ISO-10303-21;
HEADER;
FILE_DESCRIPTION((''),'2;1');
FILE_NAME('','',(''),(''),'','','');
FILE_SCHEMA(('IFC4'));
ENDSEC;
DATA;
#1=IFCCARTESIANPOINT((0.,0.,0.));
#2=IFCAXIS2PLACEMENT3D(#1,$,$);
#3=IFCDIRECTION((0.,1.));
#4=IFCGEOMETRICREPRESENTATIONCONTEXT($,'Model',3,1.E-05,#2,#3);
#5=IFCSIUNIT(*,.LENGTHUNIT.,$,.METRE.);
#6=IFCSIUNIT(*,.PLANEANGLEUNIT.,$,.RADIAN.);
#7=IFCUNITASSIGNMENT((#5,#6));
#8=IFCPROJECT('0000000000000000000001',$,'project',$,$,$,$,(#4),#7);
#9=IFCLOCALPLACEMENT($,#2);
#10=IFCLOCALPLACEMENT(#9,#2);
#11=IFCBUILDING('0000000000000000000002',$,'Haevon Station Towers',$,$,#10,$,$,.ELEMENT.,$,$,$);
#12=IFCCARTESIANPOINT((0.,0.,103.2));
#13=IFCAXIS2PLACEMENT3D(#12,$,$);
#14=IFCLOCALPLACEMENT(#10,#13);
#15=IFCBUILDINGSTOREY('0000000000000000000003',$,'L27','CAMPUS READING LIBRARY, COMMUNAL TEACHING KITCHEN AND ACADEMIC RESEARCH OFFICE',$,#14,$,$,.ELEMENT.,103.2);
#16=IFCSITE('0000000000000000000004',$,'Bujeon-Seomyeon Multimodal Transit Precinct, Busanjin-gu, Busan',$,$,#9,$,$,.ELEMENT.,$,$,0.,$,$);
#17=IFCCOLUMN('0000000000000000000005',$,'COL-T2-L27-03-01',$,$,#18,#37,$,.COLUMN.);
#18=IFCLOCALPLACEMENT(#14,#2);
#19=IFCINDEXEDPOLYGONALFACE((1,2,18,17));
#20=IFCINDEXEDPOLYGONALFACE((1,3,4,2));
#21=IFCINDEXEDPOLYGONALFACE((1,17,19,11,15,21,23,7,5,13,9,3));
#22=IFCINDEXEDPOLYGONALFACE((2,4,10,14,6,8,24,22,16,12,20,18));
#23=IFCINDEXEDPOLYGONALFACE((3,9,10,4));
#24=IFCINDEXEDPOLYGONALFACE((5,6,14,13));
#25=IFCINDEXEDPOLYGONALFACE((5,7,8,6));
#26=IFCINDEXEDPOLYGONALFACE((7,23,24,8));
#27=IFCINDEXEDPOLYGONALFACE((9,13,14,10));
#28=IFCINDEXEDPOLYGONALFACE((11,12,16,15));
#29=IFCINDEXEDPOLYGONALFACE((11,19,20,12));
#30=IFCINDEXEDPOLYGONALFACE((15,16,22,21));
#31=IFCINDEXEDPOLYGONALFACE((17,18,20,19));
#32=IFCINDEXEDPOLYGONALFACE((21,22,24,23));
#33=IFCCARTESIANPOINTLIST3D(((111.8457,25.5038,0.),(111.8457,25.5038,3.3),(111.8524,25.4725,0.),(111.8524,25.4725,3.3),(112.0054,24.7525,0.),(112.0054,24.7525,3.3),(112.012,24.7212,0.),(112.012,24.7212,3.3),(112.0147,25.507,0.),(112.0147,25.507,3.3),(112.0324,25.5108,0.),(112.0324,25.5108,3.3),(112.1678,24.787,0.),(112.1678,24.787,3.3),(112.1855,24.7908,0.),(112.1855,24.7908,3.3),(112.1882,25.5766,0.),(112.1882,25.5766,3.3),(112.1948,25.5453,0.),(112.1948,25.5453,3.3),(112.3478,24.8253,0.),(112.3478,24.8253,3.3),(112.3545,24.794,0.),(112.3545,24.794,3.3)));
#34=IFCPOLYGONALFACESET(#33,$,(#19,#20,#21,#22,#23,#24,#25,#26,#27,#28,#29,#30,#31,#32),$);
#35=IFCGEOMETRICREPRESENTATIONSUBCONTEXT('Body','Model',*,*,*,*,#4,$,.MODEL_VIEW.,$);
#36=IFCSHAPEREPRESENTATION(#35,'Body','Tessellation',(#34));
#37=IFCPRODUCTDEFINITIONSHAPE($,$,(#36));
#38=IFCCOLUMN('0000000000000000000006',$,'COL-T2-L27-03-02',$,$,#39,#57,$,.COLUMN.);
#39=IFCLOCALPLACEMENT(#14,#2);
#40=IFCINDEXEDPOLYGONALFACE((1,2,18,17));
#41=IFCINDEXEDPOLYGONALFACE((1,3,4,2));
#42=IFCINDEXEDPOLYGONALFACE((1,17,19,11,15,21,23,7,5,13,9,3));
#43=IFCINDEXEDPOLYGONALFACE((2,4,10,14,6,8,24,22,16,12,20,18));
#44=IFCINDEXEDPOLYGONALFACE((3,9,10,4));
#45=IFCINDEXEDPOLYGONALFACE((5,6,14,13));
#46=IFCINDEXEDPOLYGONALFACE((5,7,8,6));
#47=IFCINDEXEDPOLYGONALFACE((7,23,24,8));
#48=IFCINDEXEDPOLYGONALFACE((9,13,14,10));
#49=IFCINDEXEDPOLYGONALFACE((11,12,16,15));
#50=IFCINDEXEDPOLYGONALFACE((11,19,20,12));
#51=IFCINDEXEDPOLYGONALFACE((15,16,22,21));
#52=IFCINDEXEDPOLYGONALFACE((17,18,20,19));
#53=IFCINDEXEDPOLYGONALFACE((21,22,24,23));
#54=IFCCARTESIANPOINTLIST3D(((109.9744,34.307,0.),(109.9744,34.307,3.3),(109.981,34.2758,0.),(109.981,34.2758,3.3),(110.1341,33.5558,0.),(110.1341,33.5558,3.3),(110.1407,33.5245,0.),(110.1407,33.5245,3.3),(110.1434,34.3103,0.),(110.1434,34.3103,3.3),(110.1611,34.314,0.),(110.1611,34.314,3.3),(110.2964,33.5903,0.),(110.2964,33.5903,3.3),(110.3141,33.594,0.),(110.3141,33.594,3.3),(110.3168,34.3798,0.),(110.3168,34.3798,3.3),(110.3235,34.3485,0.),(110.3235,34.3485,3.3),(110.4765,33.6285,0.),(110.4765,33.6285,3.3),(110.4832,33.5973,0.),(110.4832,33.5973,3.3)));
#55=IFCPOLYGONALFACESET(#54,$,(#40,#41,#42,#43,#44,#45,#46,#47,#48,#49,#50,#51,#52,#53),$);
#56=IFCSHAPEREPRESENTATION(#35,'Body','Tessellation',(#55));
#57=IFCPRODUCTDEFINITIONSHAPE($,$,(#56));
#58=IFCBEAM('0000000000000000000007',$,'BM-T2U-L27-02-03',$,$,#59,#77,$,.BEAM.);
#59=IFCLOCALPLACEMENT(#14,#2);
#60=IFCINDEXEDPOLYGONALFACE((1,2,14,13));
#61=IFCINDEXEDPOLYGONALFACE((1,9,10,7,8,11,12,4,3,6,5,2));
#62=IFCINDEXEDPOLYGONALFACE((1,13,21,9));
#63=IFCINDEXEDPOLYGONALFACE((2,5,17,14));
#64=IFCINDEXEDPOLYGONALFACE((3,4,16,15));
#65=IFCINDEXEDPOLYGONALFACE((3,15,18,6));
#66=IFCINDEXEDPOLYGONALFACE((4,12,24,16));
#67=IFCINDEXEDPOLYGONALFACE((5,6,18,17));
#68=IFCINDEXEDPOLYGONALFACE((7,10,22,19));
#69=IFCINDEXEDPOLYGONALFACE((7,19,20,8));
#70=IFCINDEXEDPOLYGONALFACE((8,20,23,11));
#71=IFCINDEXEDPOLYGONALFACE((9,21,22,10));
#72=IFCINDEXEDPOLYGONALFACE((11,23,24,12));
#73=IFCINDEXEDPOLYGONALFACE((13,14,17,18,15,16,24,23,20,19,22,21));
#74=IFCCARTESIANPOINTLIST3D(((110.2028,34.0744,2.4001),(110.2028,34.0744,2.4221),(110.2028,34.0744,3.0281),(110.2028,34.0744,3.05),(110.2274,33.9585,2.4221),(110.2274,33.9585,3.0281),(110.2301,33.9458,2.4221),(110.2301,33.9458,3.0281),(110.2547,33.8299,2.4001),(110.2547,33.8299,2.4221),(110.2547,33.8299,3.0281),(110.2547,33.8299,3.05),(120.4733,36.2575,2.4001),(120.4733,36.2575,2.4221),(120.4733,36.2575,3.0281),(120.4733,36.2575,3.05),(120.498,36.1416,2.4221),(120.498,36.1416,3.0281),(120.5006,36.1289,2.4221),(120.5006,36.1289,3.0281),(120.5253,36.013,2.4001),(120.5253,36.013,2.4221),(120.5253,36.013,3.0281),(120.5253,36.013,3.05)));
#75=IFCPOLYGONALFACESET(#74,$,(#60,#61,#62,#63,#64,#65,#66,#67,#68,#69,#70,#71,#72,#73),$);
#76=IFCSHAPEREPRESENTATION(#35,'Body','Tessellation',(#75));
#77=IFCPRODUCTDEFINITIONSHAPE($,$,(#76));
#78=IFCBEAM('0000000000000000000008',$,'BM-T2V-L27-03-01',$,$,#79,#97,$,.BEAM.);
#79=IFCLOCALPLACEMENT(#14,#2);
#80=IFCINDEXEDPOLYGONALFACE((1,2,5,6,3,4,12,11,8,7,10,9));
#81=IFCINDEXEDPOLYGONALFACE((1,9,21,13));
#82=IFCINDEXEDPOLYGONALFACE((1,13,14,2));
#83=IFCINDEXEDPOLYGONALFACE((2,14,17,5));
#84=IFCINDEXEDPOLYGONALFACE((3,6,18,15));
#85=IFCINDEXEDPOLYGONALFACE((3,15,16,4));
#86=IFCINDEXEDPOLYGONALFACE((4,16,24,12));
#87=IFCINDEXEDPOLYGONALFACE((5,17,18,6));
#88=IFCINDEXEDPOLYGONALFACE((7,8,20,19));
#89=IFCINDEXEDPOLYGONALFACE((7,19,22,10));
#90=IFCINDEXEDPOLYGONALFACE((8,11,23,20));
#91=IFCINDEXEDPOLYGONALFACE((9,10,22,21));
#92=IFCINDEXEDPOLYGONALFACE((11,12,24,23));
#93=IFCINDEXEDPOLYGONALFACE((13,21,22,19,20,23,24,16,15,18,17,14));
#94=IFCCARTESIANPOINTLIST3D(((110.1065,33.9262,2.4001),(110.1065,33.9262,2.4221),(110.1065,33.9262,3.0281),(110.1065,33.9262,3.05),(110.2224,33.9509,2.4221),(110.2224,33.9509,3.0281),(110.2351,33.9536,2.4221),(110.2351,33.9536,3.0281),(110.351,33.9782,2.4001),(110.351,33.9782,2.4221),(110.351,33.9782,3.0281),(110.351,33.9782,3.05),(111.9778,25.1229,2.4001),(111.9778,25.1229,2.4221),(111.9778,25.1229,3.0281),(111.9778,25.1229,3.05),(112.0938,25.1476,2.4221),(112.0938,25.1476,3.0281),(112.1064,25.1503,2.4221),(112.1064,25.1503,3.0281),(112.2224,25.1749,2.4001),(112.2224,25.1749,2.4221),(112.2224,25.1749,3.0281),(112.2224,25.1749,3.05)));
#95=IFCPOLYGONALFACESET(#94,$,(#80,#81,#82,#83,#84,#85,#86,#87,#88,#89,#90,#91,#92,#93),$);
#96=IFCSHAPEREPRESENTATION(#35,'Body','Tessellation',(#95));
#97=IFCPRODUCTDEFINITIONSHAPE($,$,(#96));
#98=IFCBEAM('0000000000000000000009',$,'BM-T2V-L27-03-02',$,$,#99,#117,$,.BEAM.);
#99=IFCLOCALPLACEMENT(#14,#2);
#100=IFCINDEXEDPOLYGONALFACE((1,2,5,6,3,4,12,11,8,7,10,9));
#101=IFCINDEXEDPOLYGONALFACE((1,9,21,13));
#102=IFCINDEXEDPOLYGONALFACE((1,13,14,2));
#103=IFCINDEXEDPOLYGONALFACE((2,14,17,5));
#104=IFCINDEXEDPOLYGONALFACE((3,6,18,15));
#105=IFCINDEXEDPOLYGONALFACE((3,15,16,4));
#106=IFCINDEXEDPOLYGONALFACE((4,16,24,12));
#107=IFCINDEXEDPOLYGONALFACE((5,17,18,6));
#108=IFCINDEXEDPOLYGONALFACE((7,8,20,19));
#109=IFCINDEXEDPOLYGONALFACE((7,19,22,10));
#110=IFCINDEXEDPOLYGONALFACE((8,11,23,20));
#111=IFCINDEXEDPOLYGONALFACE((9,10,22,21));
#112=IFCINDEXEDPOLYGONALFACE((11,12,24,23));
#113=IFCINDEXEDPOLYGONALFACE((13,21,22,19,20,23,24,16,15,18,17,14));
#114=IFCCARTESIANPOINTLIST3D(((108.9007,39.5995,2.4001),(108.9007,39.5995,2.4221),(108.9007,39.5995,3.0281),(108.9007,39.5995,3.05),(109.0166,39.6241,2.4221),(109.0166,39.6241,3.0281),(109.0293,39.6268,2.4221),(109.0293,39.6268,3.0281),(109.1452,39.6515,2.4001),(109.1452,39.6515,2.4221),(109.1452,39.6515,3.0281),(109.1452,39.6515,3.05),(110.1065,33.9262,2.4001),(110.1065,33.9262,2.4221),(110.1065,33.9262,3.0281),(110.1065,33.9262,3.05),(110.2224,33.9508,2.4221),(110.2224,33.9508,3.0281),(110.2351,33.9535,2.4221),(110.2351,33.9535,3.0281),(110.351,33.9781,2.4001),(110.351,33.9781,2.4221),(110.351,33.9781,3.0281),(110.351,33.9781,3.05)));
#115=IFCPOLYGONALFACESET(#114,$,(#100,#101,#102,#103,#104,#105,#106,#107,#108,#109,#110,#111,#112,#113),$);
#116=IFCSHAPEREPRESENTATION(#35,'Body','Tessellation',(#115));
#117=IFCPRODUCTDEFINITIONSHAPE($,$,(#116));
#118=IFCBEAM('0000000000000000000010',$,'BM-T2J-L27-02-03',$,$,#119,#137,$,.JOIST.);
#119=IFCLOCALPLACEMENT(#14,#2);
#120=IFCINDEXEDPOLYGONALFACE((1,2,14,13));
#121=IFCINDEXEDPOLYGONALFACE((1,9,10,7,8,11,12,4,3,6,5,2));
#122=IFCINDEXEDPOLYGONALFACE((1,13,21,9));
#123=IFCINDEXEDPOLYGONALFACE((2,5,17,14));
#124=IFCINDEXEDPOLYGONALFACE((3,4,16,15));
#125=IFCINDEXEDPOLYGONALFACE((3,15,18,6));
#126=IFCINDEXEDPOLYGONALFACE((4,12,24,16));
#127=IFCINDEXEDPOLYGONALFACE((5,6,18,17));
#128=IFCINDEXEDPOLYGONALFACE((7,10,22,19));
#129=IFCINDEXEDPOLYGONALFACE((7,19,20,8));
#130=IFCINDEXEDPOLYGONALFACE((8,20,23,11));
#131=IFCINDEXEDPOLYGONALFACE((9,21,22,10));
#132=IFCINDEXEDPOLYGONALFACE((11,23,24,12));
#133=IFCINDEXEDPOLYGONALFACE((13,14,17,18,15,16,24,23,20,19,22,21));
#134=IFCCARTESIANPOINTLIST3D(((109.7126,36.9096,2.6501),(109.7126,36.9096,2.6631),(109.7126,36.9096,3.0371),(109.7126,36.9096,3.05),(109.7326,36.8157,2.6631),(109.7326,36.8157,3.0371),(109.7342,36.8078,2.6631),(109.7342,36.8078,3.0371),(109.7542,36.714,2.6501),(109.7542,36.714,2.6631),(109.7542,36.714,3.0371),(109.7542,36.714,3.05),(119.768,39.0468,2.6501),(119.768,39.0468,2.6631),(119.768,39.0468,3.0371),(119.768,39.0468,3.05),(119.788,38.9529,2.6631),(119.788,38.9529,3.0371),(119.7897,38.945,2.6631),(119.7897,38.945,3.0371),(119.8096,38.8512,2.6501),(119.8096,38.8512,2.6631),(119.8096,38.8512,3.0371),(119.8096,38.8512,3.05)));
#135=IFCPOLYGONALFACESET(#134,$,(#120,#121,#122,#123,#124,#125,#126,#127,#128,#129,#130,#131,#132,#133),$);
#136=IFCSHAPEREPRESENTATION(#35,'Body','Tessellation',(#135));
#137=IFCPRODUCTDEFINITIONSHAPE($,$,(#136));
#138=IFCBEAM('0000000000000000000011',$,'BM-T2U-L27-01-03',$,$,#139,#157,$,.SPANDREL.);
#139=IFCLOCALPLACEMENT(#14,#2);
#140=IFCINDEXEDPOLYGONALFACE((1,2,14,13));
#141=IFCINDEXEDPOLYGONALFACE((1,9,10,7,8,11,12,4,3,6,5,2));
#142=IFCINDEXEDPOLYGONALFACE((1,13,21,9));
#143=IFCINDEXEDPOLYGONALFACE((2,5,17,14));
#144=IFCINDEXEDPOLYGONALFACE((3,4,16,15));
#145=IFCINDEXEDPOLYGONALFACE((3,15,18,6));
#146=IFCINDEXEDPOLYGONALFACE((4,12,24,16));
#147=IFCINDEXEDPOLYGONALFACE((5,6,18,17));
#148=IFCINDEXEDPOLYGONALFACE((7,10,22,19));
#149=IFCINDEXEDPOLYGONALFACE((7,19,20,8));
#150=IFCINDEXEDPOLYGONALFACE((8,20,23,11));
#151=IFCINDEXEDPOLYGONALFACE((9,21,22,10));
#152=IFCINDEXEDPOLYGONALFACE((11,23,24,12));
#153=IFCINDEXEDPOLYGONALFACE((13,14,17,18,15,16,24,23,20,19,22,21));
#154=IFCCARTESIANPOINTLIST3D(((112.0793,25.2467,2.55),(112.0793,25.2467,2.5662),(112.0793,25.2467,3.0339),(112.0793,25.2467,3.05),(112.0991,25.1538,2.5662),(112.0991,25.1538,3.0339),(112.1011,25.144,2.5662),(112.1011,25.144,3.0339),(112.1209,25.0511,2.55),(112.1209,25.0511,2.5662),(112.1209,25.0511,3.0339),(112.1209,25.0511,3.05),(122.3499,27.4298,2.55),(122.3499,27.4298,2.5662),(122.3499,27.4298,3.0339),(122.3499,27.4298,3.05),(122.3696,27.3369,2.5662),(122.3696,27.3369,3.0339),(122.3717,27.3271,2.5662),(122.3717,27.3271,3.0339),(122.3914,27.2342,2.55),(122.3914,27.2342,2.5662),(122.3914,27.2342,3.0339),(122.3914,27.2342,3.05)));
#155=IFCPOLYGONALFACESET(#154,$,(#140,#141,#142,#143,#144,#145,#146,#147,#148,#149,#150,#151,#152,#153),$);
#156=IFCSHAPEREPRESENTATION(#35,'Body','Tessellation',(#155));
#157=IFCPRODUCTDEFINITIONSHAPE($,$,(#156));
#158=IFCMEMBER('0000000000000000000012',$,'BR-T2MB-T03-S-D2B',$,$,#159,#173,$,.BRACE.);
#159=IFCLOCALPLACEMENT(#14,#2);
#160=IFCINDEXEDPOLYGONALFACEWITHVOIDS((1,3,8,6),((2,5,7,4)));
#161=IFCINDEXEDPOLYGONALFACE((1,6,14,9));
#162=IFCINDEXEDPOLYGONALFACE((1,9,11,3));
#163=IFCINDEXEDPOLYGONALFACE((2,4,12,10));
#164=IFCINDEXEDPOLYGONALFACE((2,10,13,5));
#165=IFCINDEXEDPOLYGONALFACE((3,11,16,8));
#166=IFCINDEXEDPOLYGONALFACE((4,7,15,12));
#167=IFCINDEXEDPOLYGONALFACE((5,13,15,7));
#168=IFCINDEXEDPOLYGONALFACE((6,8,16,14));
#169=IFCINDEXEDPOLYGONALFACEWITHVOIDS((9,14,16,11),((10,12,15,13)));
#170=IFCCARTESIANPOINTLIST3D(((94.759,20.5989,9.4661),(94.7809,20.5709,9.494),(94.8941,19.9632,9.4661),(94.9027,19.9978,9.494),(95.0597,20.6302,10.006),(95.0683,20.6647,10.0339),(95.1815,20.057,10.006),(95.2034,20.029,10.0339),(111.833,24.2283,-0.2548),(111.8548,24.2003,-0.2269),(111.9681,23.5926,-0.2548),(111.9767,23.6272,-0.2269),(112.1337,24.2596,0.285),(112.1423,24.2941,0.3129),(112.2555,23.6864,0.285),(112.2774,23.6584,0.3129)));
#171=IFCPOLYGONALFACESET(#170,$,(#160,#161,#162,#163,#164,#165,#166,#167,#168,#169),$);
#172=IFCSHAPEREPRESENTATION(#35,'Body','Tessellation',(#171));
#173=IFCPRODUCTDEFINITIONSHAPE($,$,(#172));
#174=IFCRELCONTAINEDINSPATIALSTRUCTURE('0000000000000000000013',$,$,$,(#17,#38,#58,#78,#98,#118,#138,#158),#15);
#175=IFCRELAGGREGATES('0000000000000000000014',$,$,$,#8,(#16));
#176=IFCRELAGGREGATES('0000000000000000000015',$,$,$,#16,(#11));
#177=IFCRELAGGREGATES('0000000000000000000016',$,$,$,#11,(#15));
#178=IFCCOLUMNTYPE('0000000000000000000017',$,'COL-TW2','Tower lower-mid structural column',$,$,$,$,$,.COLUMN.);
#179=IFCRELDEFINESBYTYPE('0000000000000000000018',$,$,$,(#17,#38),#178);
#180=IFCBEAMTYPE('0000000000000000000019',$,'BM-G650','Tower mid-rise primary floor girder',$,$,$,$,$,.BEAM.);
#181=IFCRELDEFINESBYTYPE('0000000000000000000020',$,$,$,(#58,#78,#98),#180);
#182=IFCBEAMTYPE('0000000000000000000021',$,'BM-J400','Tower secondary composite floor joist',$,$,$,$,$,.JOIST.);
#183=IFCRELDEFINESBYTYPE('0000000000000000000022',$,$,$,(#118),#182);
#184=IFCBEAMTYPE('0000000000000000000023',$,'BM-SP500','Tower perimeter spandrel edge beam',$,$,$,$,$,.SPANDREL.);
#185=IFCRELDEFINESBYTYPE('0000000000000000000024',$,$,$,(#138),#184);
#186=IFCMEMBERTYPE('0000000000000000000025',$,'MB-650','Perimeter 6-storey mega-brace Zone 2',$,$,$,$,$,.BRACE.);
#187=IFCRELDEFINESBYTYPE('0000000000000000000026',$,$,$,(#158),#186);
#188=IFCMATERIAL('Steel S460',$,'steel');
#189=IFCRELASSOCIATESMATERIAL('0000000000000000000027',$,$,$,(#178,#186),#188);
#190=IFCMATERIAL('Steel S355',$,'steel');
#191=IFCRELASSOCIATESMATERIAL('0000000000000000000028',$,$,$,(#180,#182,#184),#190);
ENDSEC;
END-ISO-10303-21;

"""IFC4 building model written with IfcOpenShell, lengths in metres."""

from ifc_helpers import new_model, si_unit, direction, frame, origin, origin_2d, place, context, subcontext, project, spatial, hollow_rectangle, i_section, extrude, material, material_profile, profile_set, type_object, element, save


model = new_model("IFC4")

# Units and contexts
model_context = context("Model", 3, precision=1e-05, world=origin(), true_north=direction((0.0, 1.0)))
body_context = subcontext(model_context, "Body", "Model", "MODEL_VIEW")
ifc_project = project(units=[si_unit("LENGTHUNIT", "METRE"), si_unit("PLANEANGLEUNIT", "RADIAN")], contexts=[model_context])

# Site, building, storey
site_placement = place(None, origin())
site = spatial("IfcSite", under=ifc_project, at=site_placement, Name="Bujeon-Seomyeon Multimodal Transit Precinct, Busanjin-gu, Busan", CompositionType="ELEMENT", RefElevation=0.0)
building_placement = place(site_placement, origin())
building = spatial("IfcBuilding", under=site, at=building_placement, Name="Haevon Station Towers", CompositionType="ELEMENT")
storey_placement = place(building_placement, frame((0.0, 0.0, 103.2)))
storey = spatial("IfcBuildingStorey", under=building, at=storey_placement, Name="L27", Description="CAMPUS READING LIBRARY, COMMUNAL TEACHING KITCHEN AND ACADEMIC RESEARCH OFFICE", CompositionType="ELEMENT", Elevation=103.2)

# Columns
ifc_material_1 = material(Name="Steel S460", Category="steel")
ifc_material_profile_1 = material_profile(ifc_material_1, i_section(OverallWidth=0.3501, OverallDepth=0.8, WebThickness=0.0181, FlangeThickness=0.032, at=origin_2d()), Name="H-800x350x18x32")
ifc_profile_set_1 = profile_set([ifc_material_profile_1], Name="Steel S460")
column_type = type_object("IfcColumnType", Name="COL-TW2", Description="Tower lower-mid structural column", PredefinedType="COLUMN", material=ifc_profile_set_1)
for number, where, z_axis, x_axis, name in (
    (1, (112.1001, 25.1489, 0.0), (0.0, 0.0, 1.0), (0.978148, 0.207912, 0.0), "COL-T2-L27-03-01"),
    (2, (110.2288, 33.9521, 0.0), (0.0, 0.0, 1.0), (0.978148, 0.207912, 0.0), "COL-T2-L27-03-02"),
):
    element("IfcColumn", number, at=place(storey_placement, frame(where, z_axis=z_axis, x_axis=x_axis)), inside=storey, type_object=column_type, Name=name, PredefinedType="COLUMN", context=body_context, shape_type="SweptSolid", body=[
        extrude(i_section(OverallWidth=0.3501, OverallDepth=0.8, WebThickness=0.0181, FlangeThickness=0.032, at=origin_2d()), origin(), (0.0, 0.0, 1.0), 3.3),
    ])

# Beams
ifc_material_2 = material(Name="Steel S355", Category="steel")
ifc_material_profile_2 = material_profile(ifc_material_2, i_section(OverallWidth=0.25, OverallDepth=0.6499, WebThickness=0.0129, FlangeThickness=0.022, at=origin_2d()), Name="H-650x250x13x22")
ifc_profile_set_2 = profile_set([ifc_material_profile_2], Name="Steel S355")
beam_type_1 = type_object("IfcBeamType", Name="BM-G650", Description="Tower mid-rise primary floor girder", PredefinedType="BEAM", material=ifc_profile_set_2)
beam_1_placement = place(storey_placement, frame((110.2288, 33.9521, 2.7251), z_axis=(0.978147, 0.207915, 0.0), x_axis=(-0.207915, 0.978147, 0.0)))
element("IfcBeam", 3, at=beam_1_placement, inside=storey, type_object=beam_type_1, Name="BM-T2U-L27-02-03", PredefinedType="BEAM", context=body_context, shape_type="SweptSolid", body=[
    extrude(i_section(OverallWidth=0.25, OverallDepth=0.6499, WebThickness=0.0129, FlangeThickness=0.022, at=origin_2d()), origin(), (0.0, 0.0, 1.0), 10.5),
])
beam_2_placement = place(storey_placement, frame((112.1001, 25.1489, 2.7251), z_axis=(-0.207928, 0.978144, 0.0), x_axis=(-0.978144, -0.207928, 0.0)))
element("IfcBeam", 4, at=beam_2_placement, inside=storey, type_object=beam_type_1, Name="BM-T2V-L27-03-01", PredefinedType="BEAM", context=body_context, shape_type="SweptSolid", body=[
    extrude(i_section(OverallWidth=0.25, OverallDepth=0.6499, WebThickness=0.0129, FlangeThickness=0.022, at=origin_2d()), origin(), (0.0, 0.0, 1.0), 9.0),
])
beam_3_placement = place(storey_placement, frame((110.2288, 33.9521, 2.7251), z_axis=(-0.207896, 0.978151, 0.0), x_axis=(-0.978151, -0.207896, 0.0)))
element("IfcBeam", 5, at=beam_3_placement, inside=storey, type_object=beam_type_1, Name="BM-T2V-L27-03-02", PredefinedType="BEAM", context=body_context, shape_type="SweptSolid", body=[
    extrude(i_section(OverallWidth=0.25, OverallDepth=0.6499, WebThickness=0.0129, FlangeThickness=0.022, at=origin_2d()), origin(), (0.0, 0.0, 1.0), 5.8),
])
ifc_material_profile_3 = material_profile(ifc_material_2, i_section(OverallWidth=0.2, OverallDepth=0.3999, WebThickness=0.0081, FlangeThickness=0.0129, at=origin_2d()), Name="H-400x200x8x13")
ifc_profile_set_3 = profile_set([ifc_material_profile_3], Name="Steel S355")
beam_type_2 = type_object("IfcBeamType", Name="BM-J400", Description="Tower secondary composite floor joist", PredefinedType="JOIST", material=ifc_profile_set_3)
beam_4_placement = place(storey_placement, frame((109.7334, 36.8118, 2.8501), z_axis=(0.97815, 0.207899, 0.0), x_axis=(-0.207899, 0.97815, 0.0)))
element("IfcBeam", 6, at=beam_4_placement, inside=storey, type_object=beam_type_2, Name="BM-T2J-L27-02-03", PredefinedType="JOIST", context=body_context, shape_type="SweptSolid", body=[
    extrude(i_section(OverallWidth=0.2, OverallDepth=0.3999, WebThickness=0.0081, FlangeThickness=0.0129, at=origin_2d()), origin(), (0.0, 0.0, 1.0), 10.28),
])
ifc_material_profile_4 = material_profile(ifc_material_2, i_section(OverallWidth=0.2, OverallDepth=0.5, WebThickness=0.01, FlangeThickness=0.0161, at=origin_2d()), Name="H-500x200x10x16")
ifc_profile_set_4 = profile_set([ifc_material_profile_4], Name="Steel S355")
beam_type_3 = type_object("IfcBeamType", Name="BM-SP500", Description="Tower perimeter spandrel edge beam", PredefinedType="SPANDREL", material=ifc_profile_set_4)
beam_5_placement = place(storey_placement, frame((112.1001, 25.1489, 2.8), z_axis=(0.978147, 0.207915, 0.0), x_axis=(-0.207915, 0.978147, 0.0)))
element("IfcBeam", 7, at=beam_5_placement, inside=storey, type_object=beam_type_3, Name="BM-T2U-L27-01-03", PredefinedType="SPANDREL", context=body_context, shape_type="SweptSolid", body=[
    extrude(i_section(OverallWidth=0.2, OverallDepth=0.5, WebThickness=0.01, FlangeThickness=0.0161, at=origin_2d()), origin(), (0.0, 0.0, 1.0), 10.5),
])

# Member
ifc_material_profile_5 = material_profile(ifc_material_1, hollow_rectangle(XDim=0.6499, YDim=0.6499, WallThickness=0.032, at=origin_2d()), Name="RHS-650x650x32")
ifc_profile_set_5 = profile_set([ifc_material_profile_5], Name="Steel S460")
member_type = type_object("IfcMemberType", Name="MB-650", Description="Perimeter 6-storey mega-brace Zone 2", PredefinedType="BRACE", material=ifc_profile_set_5)
member_placement = place(storey_placement, frame((112.0552, 23.9434, 0.0291), z_axis=(-0.854564, -0.181654, 0.48654), x_axis=(0.207923, -0.978145, 0.0)))
element("IfcMember", 8, at=member_placement, inside=storey, type_object=member_type, Name="BR-T2MB-T03-S-D2B", PredefinedType="BRACE", context=body_context, shape_type="SweptSolid", body=[
    extrude(hollow_rectangle(XDim=0.6499, YDim=0.6499, WallThickness=0.032, at=origin_2d()), origin(), (0.0, 0.0, 1.0), 19.9797),
])

save(model, "model.ifc")
